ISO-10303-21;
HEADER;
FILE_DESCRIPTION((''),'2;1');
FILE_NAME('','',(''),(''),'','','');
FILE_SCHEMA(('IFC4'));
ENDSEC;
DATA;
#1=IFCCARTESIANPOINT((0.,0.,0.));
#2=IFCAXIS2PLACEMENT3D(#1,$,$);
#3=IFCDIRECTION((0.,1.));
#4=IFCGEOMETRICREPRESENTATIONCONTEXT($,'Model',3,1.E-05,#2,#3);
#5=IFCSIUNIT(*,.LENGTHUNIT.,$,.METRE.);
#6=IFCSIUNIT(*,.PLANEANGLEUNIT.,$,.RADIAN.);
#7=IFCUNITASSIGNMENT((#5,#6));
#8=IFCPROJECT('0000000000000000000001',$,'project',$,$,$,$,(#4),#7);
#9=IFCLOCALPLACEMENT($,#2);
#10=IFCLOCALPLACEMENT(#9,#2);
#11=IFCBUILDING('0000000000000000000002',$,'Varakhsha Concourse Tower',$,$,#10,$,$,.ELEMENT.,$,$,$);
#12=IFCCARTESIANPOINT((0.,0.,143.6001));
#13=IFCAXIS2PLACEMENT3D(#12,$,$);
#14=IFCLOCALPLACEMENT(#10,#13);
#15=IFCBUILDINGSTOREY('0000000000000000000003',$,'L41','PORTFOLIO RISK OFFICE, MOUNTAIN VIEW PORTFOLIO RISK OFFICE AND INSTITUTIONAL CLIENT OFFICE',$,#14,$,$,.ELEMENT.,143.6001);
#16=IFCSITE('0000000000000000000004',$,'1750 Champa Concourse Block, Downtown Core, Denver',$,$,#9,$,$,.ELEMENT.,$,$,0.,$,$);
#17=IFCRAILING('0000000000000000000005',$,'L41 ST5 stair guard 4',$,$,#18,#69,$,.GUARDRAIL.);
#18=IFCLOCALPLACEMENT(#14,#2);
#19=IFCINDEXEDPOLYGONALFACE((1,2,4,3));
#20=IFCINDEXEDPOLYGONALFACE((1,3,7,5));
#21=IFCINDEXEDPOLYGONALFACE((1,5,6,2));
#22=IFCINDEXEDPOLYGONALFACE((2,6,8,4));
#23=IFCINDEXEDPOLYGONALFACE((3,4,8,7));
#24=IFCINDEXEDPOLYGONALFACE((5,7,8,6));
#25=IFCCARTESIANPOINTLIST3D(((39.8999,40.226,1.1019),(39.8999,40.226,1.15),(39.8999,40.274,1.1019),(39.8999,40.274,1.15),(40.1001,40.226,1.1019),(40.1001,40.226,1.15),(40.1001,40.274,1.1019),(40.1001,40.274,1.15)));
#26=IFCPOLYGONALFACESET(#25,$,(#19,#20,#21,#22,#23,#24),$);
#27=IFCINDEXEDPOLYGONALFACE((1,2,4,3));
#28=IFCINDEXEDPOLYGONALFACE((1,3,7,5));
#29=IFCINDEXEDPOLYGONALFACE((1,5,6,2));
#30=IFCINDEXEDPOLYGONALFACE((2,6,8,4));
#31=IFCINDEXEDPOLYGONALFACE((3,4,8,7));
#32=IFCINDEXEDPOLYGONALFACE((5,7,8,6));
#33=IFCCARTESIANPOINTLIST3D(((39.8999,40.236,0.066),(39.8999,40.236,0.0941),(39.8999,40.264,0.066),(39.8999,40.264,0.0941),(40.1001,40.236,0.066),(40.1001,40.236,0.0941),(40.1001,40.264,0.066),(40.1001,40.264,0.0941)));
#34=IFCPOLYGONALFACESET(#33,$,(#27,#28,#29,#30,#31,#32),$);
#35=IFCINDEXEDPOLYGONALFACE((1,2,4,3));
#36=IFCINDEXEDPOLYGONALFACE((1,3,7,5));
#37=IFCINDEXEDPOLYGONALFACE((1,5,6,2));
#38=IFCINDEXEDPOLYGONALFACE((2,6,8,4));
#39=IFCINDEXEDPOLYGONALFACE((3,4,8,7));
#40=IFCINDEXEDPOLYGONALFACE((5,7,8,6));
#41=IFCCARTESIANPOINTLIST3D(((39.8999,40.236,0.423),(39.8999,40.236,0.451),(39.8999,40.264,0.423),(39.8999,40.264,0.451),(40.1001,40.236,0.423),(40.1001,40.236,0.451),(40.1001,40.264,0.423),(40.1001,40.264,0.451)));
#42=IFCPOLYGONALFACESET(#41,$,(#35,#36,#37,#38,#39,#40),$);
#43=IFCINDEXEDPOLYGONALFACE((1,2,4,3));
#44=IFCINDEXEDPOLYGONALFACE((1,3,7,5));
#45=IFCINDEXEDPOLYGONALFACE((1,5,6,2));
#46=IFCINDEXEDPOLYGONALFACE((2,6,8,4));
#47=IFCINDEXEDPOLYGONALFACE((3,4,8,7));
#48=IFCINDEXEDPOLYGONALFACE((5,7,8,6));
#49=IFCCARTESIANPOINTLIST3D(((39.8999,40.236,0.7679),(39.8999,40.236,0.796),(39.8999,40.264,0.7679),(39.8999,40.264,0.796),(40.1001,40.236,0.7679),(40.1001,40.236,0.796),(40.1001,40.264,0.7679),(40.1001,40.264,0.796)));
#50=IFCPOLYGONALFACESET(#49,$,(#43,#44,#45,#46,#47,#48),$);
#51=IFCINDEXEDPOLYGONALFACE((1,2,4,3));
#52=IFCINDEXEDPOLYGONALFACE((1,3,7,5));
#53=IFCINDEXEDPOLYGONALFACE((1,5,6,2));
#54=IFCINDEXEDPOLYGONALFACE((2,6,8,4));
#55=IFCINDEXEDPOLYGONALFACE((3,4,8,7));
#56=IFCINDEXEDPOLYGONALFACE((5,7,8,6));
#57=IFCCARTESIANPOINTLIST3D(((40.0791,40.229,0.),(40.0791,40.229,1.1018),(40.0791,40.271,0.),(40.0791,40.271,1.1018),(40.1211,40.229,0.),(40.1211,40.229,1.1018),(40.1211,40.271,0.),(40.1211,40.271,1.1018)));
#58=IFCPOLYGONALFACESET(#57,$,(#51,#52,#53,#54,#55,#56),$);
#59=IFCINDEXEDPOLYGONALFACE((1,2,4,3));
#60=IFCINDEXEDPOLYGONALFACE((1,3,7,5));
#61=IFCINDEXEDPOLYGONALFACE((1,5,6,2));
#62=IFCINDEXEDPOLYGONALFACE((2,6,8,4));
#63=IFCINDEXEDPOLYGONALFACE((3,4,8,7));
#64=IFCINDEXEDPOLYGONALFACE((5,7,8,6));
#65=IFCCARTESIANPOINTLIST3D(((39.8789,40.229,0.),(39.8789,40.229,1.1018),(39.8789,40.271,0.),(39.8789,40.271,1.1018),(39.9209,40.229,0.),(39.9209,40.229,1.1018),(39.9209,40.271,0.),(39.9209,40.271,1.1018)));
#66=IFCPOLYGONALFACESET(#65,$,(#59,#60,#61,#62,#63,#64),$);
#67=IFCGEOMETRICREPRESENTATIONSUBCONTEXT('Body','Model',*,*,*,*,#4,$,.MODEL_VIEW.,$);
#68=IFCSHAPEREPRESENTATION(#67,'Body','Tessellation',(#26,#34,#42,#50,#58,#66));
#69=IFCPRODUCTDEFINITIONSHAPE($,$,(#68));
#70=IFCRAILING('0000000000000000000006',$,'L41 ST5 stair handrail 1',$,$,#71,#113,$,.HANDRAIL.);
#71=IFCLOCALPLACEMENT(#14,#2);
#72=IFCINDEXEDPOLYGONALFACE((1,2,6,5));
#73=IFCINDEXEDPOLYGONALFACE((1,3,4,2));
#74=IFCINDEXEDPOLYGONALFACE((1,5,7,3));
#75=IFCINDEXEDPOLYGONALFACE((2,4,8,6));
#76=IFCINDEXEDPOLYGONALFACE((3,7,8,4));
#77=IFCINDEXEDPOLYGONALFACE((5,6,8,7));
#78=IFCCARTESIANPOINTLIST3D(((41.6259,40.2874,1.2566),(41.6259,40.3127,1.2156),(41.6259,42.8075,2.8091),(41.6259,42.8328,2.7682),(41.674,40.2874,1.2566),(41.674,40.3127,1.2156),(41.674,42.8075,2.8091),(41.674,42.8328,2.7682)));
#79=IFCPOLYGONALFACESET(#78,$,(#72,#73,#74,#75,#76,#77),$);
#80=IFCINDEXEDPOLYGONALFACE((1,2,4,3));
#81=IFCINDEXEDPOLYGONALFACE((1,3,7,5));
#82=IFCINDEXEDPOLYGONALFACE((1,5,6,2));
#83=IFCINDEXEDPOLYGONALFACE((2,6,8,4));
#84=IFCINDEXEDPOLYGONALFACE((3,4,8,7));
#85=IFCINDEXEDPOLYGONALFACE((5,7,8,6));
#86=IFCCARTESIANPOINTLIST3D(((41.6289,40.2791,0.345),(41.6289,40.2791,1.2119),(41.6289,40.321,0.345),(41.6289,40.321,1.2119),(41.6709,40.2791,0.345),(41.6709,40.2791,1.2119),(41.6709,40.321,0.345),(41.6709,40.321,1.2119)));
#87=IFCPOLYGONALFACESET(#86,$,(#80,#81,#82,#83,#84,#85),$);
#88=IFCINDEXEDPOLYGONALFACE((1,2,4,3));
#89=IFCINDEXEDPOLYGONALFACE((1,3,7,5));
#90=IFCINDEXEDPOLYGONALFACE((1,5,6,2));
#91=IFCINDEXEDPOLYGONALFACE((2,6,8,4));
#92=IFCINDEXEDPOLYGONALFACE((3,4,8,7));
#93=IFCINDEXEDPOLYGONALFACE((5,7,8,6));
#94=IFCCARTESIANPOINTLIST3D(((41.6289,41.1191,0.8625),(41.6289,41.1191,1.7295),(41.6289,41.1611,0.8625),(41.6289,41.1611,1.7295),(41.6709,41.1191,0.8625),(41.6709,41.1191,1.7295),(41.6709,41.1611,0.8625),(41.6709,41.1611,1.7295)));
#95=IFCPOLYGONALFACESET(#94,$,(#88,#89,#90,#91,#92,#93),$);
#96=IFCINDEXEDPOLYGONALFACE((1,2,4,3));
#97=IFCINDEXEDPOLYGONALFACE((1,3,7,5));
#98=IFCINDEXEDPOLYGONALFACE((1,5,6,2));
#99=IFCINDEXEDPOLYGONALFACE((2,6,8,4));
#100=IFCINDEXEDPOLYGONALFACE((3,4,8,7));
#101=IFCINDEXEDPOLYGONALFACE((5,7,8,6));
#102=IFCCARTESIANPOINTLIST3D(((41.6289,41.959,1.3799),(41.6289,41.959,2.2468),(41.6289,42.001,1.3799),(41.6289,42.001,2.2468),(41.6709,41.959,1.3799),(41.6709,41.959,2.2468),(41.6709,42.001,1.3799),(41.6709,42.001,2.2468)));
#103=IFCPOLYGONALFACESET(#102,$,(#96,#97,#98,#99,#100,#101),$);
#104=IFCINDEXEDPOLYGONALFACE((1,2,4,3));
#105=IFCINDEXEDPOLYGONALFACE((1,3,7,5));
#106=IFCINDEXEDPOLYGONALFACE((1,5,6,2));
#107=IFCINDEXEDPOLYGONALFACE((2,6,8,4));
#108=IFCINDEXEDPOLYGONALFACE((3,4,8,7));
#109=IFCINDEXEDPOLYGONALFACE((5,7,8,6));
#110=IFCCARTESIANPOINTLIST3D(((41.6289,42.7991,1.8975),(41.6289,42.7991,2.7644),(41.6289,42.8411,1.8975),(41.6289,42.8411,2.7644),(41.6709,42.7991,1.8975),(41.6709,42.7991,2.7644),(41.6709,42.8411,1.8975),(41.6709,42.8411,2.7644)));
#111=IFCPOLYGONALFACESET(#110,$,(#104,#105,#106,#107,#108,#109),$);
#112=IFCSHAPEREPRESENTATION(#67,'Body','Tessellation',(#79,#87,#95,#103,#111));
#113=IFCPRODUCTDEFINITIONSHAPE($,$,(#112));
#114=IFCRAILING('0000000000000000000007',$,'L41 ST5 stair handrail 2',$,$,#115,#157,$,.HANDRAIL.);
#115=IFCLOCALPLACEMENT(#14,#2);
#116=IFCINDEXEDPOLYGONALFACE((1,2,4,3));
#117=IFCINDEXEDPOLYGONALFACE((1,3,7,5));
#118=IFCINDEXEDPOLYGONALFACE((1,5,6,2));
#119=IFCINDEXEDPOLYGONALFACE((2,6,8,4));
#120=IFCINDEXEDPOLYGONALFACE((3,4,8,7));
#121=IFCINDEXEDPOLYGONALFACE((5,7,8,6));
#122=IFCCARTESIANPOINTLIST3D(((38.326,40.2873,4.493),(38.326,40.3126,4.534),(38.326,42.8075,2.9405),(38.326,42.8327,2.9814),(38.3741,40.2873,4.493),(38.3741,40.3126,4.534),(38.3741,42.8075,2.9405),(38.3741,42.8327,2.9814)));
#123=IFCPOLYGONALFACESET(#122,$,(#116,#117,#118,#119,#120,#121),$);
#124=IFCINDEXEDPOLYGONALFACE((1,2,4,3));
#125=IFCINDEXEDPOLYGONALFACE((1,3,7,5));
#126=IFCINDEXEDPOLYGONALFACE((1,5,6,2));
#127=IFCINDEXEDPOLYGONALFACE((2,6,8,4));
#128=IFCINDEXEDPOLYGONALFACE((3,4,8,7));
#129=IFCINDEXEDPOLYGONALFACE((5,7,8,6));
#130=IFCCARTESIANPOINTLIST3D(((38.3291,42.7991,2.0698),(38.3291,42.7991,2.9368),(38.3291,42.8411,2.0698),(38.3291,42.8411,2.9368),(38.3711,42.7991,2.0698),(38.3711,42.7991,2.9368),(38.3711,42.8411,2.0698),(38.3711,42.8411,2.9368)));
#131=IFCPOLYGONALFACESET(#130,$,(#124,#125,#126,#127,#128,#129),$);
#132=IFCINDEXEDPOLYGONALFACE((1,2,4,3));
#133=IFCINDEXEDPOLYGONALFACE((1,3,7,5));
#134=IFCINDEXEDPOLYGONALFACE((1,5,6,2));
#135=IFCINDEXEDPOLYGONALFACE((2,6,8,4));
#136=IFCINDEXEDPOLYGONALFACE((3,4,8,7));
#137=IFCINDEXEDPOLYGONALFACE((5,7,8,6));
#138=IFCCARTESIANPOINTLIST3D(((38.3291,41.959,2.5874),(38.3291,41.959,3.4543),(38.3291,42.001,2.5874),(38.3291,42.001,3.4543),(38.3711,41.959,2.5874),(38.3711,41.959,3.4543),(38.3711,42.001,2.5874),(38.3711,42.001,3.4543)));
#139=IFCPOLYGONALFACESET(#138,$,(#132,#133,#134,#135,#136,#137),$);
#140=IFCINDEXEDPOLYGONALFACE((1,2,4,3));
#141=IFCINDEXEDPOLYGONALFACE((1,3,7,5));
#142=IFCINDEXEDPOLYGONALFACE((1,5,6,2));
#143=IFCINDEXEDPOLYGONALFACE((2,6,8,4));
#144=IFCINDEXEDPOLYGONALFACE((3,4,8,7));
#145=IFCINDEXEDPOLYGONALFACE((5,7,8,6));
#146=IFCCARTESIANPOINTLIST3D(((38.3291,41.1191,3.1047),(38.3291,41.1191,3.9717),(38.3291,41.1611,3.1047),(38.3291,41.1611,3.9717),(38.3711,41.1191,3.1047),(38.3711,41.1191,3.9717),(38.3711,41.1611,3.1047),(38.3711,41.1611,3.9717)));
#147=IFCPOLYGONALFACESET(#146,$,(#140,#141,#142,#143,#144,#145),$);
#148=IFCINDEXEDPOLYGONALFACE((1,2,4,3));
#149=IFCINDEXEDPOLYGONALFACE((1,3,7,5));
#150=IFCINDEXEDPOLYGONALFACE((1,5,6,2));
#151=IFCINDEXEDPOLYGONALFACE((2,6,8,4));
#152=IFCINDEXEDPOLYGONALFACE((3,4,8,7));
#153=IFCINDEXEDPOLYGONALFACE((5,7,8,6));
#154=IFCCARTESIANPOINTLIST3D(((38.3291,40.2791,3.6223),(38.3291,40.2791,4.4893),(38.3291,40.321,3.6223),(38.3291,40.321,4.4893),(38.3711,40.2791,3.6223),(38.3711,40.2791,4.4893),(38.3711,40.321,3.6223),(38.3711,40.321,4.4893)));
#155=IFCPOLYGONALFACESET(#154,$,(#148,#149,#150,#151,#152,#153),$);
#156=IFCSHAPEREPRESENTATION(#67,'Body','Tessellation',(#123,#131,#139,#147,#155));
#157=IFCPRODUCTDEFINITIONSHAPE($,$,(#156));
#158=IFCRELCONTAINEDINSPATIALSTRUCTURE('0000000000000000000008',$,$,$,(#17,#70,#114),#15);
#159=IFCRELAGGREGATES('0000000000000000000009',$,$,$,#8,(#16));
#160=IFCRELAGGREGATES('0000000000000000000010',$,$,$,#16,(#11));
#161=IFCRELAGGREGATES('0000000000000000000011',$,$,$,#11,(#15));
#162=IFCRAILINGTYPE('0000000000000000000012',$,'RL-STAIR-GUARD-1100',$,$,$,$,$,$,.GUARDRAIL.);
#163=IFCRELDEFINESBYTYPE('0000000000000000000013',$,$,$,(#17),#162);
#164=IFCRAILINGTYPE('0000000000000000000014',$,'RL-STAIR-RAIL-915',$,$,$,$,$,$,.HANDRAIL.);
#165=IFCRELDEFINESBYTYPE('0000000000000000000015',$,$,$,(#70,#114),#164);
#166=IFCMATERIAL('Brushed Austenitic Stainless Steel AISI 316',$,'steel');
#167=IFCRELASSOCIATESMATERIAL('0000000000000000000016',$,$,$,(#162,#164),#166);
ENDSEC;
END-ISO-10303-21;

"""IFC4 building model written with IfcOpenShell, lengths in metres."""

from ifc_helpers import new_model, si_unit, direction, frame, origin, origin_2d, place, context, subcontext, project, spatial, rectangle, extrude, material, type_object, element, save


model = new_model("IFC4")

# Units and contexts
model_context = context("Model", 3, precision=1e-05, world=origin(), true_north=direction((0.0, 1.0)))
body_context = subcontext(model_context, "Body", "Model", "MODEL_VIEW")
ifc_project = project(units=[si_unit("LENGTHUNIT", "METRE"), si_unit("PLANEANGLEUNIT", "RADIAN")], contexts=[model_context])

# Site, building, storey
site_placement = place(None, origin())
site = spatial("IfcSite", under=ifc_project, at=site_placement, Name="1750 Champa Concourse Block, Downtown Core, Denver", CompositionType="ELEMENT", RefElevation=0.0)
building_placement = place(site_placement, origin())
building = spatial("IfcBuilding", under=site, at=building_placement, Name="Varakhsha Concourse Tower", CompositionType="ELEMENT")
storey_placement = place(building_placement, frame((0.0, 0.0, 143.6001)))
storey = spatial("IfcBuildingStorey", under=building, at=storey_placement, Name="L41", Description="PORTFOLIO RISK OFFICE, MOUNTAIN VIEW PORTFOLIO RISK OFFICE AND INSTITUTIONAL CLIENT OFFICE", CompositionType="ELEMENT", Elevation=143.6001)

# Railings
ifc_material_1 = material(Name="Brushed Austenitic Stainless Steel AISI 316", Category="steel")
railing_type_1 = type_object("IfcRailingType", Name="RL-STAIR-GUARD-1100", PredefinedType="GUARDRAIL", material=ifc_material_1)
railing_1_placement = place(storey_placement, frame((40.1001, 40.25, 0.0)))
element("IfcRailing", 1, at=railing_1_placement, inside=storey, type_object=railing_type_1, Name="L41 ST5 stair guard 4", PredefinedType="GUARDRAIL", context=body_context, shape_type="SweptSolid", body=[
    extrude(rectangle(XDim=0.0481, YDim=0.0481, at=origin_2d()), frame((0.0, 0.0, 1.126), z_axis=(-1.0, 0.0, 0.0), x_axis=(0.0, -1.0, 0.0)), (0.0, 0.0, 1.0), 0.2002),
    extrude(rectangle(XDim=0.0281, YDim=0.0281, at=origin_2d()), frame((0.0, 0.0, 0.0801), z_axis=(-1.0, 0.0, 0.0), x_axis=(0.0, -1.0, 0.0)), (0.0, 0.0, 1.0), 0.2002),
    extrude(rectangle(XDim=0.0281, YDim=0.0281, at=origin_2d()), frame((0.0, 0.0, 0.437), z_axis=(-1.0, 0.0, 0.0), x_axis=(0.0, -1.0, 0.0)), (0.0, 0.0, 1.0), 0.2002),
    extrude(rectangle(XDim=0.0281, YDim=0.0281, at=origin_2d()), frame((0.0, 0.0, 0.782), z_axis=(-1.0, 0.0, 0.0), x_axis=(0.0, -1.0, 0.0)), (0.0, 0.0, 1.0), 0.2002),
    extrude(rectangle(XDim=0.042, YDim=0.042, at=origin_2d()), origin(), (0.0, 0.0, 1.0), 1.1018),
    extrude(rectangle(XDim=0.042, YDim=0.042, at=origin_2d()), frame((-0.2002, 0.0, 0.0)), (0.0, 0.0, 1.0), 1.1018),
])
railing_type_2 = type_object("IfcRailingType", Name="RL-STAIR-RAIL-915", PredefinedType="HANDRAIL", material=ifc_material_1)
railing_2_placement = place(storey_placement, frame((41.6499, 40.3, 0.345)))
element("IfcRailing", 2, at=railing_2_placement, inside=storey, type_object=railing_type_2, Name="L41 ST5 stair handrail 1", PredefinedType="HANDRAIL", context=body_context, shape_type="SweptSolid", body=[
    extrude(rectangle(XDim=0.0481, YDim=0.0481, at=origin_2d()), frame((0.0, 0.0, 0.8911), z_axis=(0.0, 0.8514, 0.524516), x_axis=(-1.0, 0.0, 0.0)), (0.0, 0.0, 1.0), 2.96),
    extrude(rectangle(XDim=0.042, YDim=0.042, at=origin_2d()), origin(), (0.0, 0.0, 1.0), 0.8669),
    extrude(rectangle(XDim=0.042, YDim=0.042, at=origin_2d()), frame((0.0, 0.8401, 0.5176)), (0.0, 0.0, 1.0), 0.8669),
    extrude(rectangle(XDim=0.042, YDim=0.042, at=origin_2d()), frame((0.0, 1.6799, 1.0349)), (0.0, 0.0, 1.0), 0.8669),
    extrude(rectangle(XDim=0.042, YDim=0.042, at=origin_2d()), frame((0.0, 2.52, 1.5525)), (0.0, 0.0, 1.0), 0.8669),
])
railing_3_placement = place(storey_placement, frame((38.3501, 42.8201, 2.0698)))
element("IfcRailing", 3, at=railing_3_placement, inside=storey, type_object=railing_type_2, Name="L41 ST5 stair handrail 2", PredefinedType="HANDRAIL", context=body_context, shape_type="SweptSolid", body=[
    extrude(rectangle(XDim=0.0481, YDim=0.0481, at=origin_2d()), frame((0.0, 0.0, 0.8911), z_axis=(0.0, -0.8514, 0.524516), x_axis=(1.0, 0.0, 0.0)), (0.0, 0.0, 1.0), 2.96),
    extrude(rectangle(XDim=0.042, YDim=0.042, at=origin_2d()), origin(), (0.0, 0.0, 1.0), 0.8669),
    extrude(rectangle(XDim=0.042, YDim=0.042, at=origin_2d()), frame((0.0, -0.8401, 0.5176)), (0.0, 0.0, 1.0), 0.8669),
    extrude(rectangle(XDim=0.042, YDim=0.042, at=origin_2d()), frame((0.0, -1.6799, 1.0349)), (0.0, 0.0, 1.0), 0.8669),
    extrude(rectangle(XDim=0.042, YDim=0.042, at=origin_2d()), frame((0.0, -2.52, 1.5525)), (0.0, 0.0, 1.0), 0.8669),
])

save(model, "model.ifc")
